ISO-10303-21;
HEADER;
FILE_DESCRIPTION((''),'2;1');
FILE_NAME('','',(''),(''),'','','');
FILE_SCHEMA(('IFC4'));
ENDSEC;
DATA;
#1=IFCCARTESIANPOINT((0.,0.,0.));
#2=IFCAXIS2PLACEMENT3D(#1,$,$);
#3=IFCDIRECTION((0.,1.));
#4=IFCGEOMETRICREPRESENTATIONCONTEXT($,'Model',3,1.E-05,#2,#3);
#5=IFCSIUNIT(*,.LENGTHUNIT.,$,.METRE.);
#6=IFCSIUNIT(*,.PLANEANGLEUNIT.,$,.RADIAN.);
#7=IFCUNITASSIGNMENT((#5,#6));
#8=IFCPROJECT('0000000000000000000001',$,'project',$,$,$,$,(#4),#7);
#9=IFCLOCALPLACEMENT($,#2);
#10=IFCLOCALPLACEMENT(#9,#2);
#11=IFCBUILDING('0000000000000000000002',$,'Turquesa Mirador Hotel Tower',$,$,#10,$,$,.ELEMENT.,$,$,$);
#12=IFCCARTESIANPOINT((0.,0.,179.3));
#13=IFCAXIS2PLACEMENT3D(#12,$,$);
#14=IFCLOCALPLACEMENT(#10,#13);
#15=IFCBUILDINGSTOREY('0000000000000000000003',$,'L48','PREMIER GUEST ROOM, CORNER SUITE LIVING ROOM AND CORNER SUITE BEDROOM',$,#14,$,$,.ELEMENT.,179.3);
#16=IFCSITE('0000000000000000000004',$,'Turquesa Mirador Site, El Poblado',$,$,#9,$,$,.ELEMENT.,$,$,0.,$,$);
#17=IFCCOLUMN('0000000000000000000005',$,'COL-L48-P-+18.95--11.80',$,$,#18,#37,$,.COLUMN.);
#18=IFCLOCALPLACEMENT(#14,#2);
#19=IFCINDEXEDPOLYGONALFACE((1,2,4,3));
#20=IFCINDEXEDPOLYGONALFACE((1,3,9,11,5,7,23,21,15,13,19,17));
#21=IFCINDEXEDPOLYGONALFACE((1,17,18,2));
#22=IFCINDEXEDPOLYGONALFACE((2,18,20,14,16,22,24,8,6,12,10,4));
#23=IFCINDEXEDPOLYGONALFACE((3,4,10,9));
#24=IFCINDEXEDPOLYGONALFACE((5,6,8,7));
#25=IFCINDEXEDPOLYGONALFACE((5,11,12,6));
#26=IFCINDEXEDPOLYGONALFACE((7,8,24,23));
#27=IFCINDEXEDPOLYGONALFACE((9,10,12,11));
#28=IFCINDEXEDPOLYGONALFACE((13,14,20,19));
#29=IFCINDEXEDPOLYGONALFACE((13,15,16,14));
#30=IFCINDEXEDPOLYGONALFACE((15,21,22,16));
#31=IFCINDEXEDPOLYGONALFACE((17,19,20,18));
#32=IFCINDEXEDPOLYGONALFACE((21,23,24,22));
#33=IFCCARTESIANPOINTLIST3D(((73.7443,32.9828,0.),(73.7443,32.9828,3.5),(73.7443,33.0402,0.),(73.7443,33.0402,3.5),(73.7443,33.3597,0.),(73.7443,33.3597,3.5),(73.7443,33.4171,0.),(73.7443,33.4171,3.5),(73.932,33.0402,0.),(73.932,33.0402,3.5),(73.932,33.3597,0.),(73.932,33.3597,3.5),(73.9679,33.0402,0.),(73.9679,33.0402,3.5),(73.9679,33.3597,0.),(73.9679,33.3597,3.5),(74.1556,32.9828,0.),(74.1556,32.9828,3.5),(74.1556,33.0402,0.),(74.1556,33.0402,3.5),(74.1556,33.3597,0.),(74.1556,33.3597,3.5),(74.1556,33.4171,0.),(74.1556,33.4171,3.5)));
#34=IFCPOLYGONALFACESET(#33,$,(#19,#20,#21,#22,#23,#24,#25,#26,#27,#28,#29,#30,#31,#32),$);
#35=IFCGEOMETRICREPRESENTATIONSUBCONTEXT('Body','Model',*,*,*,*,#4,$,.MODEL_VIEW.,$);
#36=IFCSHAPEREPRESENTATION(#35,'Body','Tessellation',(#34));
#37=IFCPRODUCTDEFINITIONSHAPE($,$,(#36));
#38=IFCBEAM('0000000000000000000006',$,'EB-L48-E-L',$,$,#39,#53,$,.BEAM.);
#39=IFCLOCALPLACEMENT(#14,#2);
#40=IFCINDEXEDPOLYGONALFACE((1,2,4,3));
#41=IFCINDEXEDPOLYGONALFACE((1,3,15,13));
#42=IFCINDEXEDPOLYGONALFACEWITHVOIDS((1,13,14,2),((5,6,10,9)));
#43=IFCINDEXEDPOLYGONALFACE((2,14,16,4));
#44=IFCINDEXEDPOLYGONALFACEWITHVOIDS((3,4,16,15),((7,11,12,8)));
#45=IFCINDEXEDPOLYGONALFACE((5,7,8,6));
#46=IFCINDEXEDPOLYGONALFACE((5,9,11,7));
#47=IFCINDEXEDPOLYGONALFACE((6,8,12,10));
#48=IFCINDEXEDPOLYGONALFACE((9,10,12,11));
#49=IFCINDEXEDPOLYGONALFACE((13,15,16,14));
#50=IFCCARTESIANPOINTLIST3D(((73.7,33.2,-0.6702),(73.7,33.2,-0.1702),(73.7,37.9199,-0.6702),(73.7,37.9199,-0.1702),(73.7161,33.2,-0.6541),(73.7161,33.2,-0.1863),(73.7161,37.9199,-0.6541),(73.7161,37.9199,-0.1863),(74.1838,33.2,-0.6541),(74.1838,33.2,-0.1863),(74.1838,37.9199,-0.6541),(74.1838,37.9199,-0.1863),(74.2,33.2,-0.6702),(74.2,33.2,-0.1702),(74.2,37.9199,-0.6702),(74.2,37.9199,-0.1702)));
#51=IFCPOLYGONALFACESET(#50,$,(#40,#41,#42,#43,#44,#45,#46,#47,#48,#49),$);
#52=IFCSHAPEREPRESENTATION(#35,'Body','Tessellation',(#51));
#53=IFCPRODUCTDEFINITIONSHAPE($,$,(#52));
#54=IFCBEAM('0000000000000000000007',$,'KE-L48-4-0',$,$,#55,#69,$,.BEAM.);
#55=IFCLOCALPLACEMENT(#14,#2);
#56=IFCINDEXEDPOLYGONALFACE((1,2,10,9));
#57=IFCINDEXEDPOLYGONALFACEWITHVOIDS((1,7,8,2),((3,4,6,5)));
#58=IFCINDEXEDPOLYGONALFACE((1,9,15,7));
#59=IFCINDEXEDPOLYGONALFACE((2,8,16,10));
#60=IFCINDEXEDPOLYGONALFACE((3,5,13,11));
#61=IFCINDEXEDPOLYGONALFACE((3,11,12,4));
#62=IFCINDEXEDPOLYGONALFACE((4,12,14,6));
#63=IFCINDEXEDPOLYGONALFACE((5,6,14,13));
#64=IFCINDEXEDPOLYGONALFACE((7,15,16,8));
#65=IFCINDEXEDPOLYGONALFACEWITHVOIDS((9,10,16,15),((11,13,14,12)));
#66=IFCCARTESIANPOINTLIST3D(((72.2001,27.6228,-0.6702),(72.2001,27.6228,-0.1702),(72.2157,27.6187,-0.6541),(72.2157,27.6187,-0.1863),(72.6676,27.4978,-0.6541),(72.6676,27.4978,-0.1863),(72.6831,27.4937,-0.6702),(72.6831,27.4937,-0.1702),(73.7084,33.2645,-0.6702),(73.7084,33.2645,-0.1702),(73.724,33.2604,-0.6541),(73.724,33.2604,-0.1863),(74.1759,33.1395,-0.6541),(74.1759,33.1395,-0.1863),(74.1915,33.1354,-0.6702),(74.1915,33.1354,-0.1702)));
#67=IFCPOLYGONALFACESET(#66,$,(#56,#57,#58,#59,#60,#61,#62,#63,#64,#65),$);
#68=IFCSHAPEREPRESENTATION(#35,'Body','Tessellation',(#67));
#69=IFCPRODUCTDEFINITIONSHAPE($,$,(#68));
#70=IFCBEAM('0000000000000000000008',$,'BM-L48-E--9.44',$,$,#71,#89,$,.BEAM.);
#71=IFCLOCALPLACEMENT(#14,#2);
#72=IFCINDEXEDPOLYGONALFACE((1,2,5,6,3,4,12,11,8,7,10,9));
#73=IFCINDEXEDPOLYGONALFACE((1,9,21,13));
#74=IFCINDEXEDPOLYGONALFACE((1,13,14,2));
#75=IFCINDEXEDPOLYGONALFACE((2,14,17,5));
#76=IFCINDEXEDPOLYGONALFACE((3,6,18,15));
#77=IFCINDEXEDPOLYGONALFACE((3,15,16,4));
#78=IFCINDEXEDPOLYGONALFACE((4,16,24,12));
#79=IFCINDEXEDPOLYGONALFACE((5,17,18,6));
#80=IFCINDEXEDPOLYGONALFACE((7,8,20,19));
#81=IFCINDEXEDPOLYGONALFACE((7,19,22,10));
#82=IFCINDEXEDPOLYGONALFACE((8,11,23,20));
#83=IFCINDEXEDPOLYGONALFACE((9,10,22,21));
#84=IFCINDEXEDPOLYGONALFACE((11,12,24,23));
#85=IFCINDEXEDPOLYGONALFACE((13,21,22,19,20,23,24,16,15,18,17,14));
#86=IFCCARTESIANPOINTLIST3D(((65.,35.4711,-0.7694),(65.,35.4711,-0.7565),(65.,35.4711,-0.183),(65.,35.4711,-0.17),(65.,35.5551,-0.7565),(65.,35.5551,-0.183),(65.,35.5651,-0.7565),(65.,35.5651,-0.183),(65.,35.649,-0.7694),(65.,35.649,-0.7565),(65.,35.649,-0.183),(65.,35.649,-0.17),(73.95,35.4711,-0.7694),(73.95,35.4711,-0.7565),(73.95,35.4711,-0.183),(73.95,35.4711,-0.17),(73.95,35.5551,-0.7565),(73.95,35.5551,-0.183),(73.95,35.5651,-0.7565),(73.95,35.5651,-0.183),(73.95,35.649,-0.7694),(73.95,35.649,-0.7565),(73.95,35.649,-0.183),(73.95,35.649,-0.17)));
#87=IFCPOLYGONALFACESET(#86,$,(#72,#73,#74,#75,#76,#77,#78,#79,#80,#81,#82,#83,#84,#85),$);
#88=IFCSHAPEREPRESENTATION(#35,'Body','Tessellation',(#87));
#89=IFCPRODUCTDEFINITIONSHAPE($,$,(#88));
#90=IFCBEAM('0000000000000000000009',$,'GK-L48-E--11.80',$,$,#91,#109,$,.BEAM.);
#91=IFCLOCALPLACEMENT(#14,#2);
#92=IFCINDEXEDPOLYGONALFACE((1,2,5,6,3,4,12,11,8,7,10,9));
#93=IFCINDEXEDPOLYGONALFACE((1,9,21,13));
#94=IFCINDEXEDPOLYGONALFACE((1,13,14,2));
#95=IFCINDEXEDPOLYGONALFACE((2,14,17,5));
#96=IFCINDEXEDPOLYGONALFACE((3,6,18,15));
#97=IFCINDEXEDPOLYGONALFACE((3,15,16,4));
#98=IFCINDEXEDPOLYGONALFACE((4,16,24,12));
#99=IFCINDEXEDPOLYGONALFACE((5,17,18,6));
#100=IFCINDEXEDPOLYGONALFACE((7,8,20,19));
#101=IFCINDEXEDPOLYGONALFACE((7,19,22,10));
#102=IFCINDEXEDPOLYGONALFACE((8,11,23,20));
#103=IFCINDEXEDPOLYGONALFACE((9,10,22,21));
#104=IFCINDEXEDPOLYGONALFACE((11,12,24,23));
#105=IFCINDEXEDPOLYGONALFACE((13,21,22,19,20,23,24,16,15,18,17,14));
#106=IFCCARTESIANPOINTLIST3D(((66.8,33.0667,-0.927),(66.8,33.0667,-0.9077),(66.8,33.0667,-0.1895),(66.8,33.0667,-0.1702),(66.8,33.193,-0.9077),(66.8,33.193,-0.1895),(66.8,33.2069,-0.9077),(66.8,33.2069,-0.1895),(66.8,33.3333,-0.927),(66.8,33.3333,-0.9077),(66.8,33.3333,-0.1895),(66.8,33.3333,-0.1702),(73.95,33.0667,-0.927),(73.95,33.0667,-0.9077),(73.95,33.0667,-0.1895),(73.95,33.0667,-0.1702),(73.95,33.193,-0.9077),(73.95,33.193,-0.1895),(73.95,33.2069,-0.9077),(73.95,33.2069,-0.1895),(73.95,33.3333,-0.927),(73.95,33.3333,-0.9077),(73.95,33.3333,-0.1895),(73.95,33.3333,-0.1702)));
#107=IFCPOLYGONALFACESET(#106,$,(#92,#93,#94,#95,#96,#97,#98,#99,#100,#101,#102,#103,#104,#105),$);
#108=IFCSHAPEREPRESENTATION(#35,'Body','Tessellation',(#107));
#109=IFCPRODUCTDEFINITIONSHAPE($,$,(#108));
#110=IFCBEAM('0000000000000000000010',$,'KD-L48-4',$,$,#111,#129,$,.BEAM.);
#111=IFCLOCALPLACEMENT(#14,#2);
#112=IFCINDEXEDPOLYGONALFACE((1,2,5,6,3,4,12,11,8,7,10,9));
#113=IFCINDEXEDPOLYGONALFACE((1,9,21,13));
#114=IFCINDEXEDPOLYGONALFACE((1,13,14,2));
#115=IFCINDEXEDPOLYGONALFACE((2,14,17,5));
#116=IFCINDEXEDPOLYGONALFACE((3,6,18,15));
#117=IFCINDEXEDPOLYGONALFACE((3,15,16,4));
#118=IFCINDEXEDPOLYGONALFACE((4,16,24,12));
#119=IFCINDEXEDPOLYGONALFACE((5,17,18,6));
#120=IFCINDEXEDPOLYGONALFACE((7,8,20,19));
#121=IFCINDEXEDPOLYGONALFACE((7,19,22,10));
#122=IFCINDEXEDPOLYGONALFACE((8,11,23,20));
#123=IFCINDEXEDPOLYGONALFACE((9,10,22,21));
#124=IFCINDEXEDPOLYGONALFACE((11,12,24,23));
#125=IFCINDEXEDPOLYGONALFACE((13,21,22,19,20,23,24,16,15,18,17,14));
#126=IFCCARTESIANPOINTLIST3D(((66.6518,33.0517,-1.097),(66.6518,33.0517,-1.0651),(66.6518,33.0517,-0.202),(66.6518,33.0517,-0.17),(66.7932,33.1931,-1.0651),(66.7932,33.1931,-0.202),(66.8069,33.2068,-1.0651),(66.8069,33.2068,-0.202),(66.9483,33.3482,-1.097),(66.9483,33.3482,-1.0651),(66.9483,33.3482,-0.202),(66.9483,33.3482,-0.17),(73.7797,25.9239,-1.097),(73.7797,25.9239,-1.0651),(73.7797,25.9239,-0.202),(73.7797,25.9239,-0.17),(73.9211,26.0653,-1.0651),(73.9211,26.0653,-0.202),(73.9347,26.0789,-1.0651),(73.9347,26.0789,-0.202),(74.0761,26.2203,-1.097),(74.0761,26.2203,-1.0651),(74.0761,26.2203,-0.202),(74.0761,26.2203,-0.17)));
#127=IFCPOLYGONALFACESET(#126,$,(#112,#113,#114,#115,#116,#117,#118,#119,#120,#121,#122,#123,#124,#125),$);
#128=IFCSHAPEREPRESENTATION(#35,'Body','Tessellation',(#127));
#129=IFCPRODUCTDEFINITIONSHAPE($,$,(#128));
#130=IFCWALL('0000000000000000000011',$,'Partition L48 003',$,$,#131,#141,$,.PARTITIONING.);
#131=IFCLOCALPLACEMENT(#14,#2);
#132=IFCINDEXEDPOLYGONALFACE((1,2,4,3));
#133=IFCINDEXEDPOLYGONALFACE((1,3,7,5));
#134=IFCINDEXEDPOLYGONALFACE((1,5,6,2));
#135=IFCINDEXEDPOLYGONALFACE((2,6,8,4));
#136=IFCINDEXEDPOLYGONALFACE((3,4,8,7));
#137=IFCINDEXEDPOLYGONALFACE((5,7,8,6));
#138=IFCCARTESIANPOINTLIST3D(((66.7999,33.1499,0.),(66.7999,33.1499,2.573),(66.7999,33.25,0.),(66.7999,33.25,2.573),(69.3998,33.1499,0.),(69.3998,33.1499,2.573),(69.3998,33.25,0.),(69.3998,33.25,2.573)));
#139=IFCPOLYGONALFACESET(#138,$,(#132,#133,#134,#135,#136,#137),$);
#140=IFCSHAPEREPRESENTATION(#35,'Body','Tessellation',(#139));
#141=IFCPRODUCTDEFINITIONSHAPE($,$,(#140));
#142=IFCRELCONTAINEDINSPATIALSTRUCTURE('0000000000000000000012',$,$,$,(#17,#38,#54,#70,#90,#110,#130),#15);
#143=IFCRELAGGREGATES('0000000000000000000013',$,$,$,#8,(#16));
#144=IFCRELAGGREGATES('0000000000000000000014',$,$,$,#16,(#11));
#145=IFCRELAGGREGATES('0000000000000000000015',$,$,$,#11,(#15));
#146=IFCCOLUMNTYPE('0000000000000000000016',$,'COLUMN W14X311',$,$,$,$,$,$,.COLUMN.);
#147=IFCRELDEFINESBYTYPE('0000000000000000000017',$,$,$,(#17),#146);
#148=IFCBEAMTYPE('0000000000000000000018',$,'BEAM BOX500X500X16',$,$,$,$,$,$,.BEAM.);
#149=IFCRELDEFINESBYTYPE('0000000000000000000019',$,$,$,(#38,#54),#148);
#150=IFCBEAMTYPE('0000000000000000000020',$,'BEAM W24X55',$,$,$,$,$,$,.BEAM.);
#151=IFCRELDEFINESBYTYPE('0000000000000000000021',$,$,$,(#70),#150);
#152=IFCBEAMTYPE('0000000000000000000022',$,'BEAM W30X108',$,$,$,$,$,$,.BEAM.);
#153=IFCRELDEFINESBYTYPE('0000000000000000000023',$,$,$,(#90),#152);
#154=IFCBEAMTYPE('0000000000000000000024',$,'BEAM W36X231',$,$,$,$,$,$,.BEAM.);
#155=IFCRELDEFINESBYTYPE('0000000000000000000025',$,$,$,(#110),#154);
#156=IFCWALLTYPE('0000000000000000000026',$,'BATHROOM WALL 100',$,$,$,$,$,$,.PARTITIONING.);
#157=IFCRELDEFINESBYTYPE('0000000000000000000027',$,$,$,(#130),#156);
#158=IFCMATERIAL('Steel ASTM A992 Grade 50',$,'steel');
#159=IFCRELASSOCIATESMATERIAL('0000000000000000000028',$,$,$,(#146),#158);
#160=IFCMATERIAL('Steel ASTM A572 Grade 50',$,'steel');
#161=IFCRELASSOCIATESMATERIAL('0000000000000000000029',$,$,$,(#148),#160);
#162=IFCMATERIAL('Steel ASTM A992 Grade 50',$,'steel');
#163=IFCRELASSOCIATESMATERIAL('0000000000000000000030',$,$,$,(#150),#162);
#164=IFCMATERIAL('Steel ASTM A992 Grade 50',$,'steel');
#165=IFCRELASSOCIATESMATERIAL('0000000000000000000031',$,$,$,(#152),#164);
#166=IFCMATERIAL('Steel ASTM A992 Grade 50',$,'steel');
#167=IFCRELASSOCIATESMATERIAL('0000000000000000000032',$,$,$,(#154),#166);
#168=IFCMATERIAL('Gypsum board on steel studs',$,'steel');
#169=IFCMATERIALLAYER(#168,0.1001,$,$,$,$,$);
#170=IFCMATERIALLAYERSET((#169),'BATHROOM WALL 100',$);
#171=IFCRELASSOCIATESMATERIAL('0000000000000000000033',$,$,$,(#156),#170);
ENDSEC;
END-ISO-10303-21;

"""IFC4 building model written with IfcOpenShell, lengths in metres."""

from ifc_helpers import new_model, si_unit, direction, frame, frame_2d, origin, origin_2d, place, context, subcontext, project, spatial, rectangle, hollow_rectangle, i_section, extrude, material, layer, layer_set, material_profile, profile_set, type_object, element, save


model = new_model("IFC4")

# Units and contexts
model_context = context("Model", 3, precision=1e-05, world=origin(), true_north=direction((0.0, 1.0)))
body_context = subcontext(model_context, "Body", "Model", "MODEL_VIEW")
ifc_project = project(units=[si_unit("LENGTHUNIT", "METRE"), si_unit("PLANEANGLEUNIT", "RADIAN")], contexts=[model_context])

# Site, building, storey
site_placement = place(None, origin())
site = spatial("IfcSite", under=ifc_project, at=site_placement, Name="Turquesa Mirador Site, El Poblado", CompositionType="ELEMENT", RefElevation=0.0)
building_placement = place(site_placement, origin())
building = spatial("IfcBuilding", under=site, at=building_placement, Name="Turquesa Mirador Hotel Tower", CompositionType="ELEMENT")
storey_placement = place(building_placement, frame((0.0, 0.0, 179.3)))
storey = spatial("IfcBuildingStorey", under=building, at=storey_placement, Name="L48", Description="PREMIER GUEST ROOM, CORNER SUITE LIVING ROOM AND CORNER SUITE BEDROOM", CompositionType="ELEMENT", Elevation=179.3)

# Column
ifc_material_1 = material(Name="Steel ASTM A992 Grade 50", Category="steel")
ifc_material_profile_1 = material_profile(ifc_material_1, i_section(OverallWidth=0.4114, OverallDepth=0.4343, WebThickness=0.0359, FlangeThickness=0.0574, at=origin_2d()), Name="W14X311")
ifc_profile_set_1 = profile_set([ifc_material_profile_1], Name="Steel ASTM A992 Grade 50")
column_type = type_object("IfcColumnType", Name="COLUMN W14X311", PredefinedType="COLUMN", material=ifc_profile_set_1)
column_placement = place(storey_placement, frame((73.95, 33.2, 0.0), z_axis=(0.0, 0.0, 1.0), x_axis=(1.0, 0.0, 0.0)))
element("IfcColumn", 1, at=column_placement, inside=storey, type_object=column_type, Name="COL-L48-P-+18.95--11.80", PredefinedType="COLUMN", context=body_context, shape_type="SweptSolid", body=[
    extrude(i_section(OverallWidth=0.4114, OverallDepth=0.4343, WebThickness=0.0359, FlangeThickness=0.0574, at=origin_2d()), origin(), (0.0, 0.0, 1.0), 3.5),
])

# Beams
ifc_material_2 = material(Name="Steel ASTM A572 Grade 50", Category="steel")
ifc_material_profile_2 = material_profile(ifc_material_2, hollow_rectangle(XDim=0.5, YDim=0.5, WallThickness=0.0161, at=origin_2d()), Name="BOX500X500X16")
ifc_profile_set_2 = profile_set([ifc_material_profile_2], Name="Steel ASTM A572 Grade 50")
beam_type_1 = type_object("IfcBeamType", Name="BEAM BOX500X500X16", PredefinedType="BEAM", material=ifc_profile_set_2)
beam_1_placement = place(storey_placement, frame((73.95, 33.2, -0.4202), z_axis=(0.0, 1.0, 0.0), x_axis=(-1.0, 0.0, 0.0)))
element("IfcBeam", 2, at=beam_1_placement, inside=storey, type_object=beam_type_1, Name="EB-L48-E-L", PredefinedType="BEAM", context=body_context, shape_type="SweptSolid", body=[
    extrude(hollow_rectangle(XDim=0.5, YDim=0.5, WallThickness=0.0161, at=origin_2d()), origin(), (0.0, 0.0, 1.0), 4.72),
])
beam_2_placement = place(storey_placement, frame((73.95, 33.2, -0.4202), z_axis=(-0.258282, -0.96607, 0.0), x_axis=(0.96607, -0.258282, 0.0)))
element("IfcBeam", 3, at=beam_2_placement, inside=storey, type_object=beam_type_1, Name="KE-L48-4-0", PredefinedType="BEAM", context=body_context, shape_type="SweptSolid", body=[
    extrude(hollow_rectangle(XDim=0.5, YDim=0.5, WallThickness=0.0161, at=origin_2d()), origin(), (0.0, 0.0, 1.0), 5.8398),
])
ifc_material_3 = material(Name="Steel ASTM A992 Grade 50", Category="steel")
ifc_material_profile_3 = material_profile(ifc_material_3, i_section(OverallWidth=0.178, OverallDepth=0.5994, WebThickness=0.01, FlangeThickness=0.0129, at=origin_2d()), Name="W24X55")
ifc_profile_set_3 = profile_set([ifc_material_profile_3], Name="Steel ASTM A992 Grade 50")
beam_type_2 = type_object("IfcBeamType", Name="BEAM W24X55", PredefinedType="BEAM", material=ifc_profile_set_3)
beam_3_placement = place(storey_placement, frame((73.95, 35.5601, -0.4697), z_axis=(-1.0, 0.0, 0.0), x_axis=(0.0, -1.0, 0.0)))
element("IfcBeam", 4, at=beam_3_placement, inside=storey, type_object=beam_type_2, Name="BM-L48-E--9.44", PredefinedType="BEAM", context=body_context, shape_type="SweptSolid", body=[
    extrude(i_section(OverallWidth=0.178, OverallDepth=0.5994, WebThickness=0.01, FlangeThickness=0.0129, at=origin_2d()), origin(), (0.0, 0.0, 1.0), 8.95),
])
ifc_material_4 = material(Name="Steel ASTM A992 Grade 50", Category="steel")
ifc_material_profile_4 = material_profile(ifc_material_4, i_section(OverallWidth=0.2666, OverallDepth=0.7568, WebThickness=0.0139, FlangeThickness=0.0193, at=origin_2d()), Name="W30X108")
ifc_profile_set_4 = profile_set([ifc_material_profile_4], Name="Steel ASTM A992 Grade 50")
beam_type_3 = type_object("IfcBeamType", Name="BEAM W30X108", PredefinedType="BEAM", material=ifc_profile_set_4)
beam_4_placement = place(storey_placement, frame((73.95, 33.2, -0.5486), z_axis=(-1.0, 0.0, 0.0), x_axis=(0.0, -1.0, 0.0)))
element("IfcBeam", 5, at=beam_4_placement, inside=storey, type_object=beam_type_3, Name="GK-L48-E--11.80", PredefinedType="BEAM", context=body_context, shape_type="SweptSolid", body=[
    extrude(i_section(OverallWidth=0.2666, OverallDepth=0.7568, WebThickness=0.0139, FlangeThickness=0.0193, at=origin_2d()), origin(), (0.0, 0.0, 1.0), 7.1499),
])
ifc_material_5 = material(Name="Steel ASTM A992 Grade 50", Category="steel")
ifc_material_profile_5 = material_profile(ifc_material_5, i_section(OverallWidth=0.4192, OverallDepth=0.927, WebThickness=0.0193, FlangeThickness=0.032, at=origin_2d()), Name="W36X231")
ifc_profile_set_5 = profile_set([ifc_material_profile_5], Name="Steel ASTM A992 Grade 50")
beam_type_4 = type_object("IfcBeamType", Name="BEAM W36X231", PredefinedType="BEAM", material=ifc_profile_set_5)
beam_5_placement = place(storey_placement, frame((66.8, 33.2, -0.6335), z_axis=(0.707107, -0.707107, 0.0), x_axis=(0.707107, 0.707107, 0.0)))
element("IfcBeam", 6, at=beam_5_placement, inside=storey, type_object=beam_type_4, Name="KD-L48-4", PredefinedType="BEAM", context=body_context, shape_type="SweptSolid", body=[
    extrude(i_section(OverallWidth=0.4192, OverallDepth=0.927, WebThickness=0.0193, FlangeThickness=0.032, at=origin_2d()), origin(), (0.0, 0.0, 1.0), 10.0803),
])

# Wall
ifc_material_6 = material(Name="Gypsum board on steel studs", Category="steel")
ifc_layer_1 = layer(ifc_material_6, 0.1001)
ifc_layer_set_1 = layer_set([ifc_layer_1], Name="BATHROOM WALL 100")
wall_type_1 = type_object("IfcWallType", Name="BATHROOM WALL 100", PredefinedType="PARTITIONING", material=ifc_layer_set_1)
wall_1_placement = place(storey_placement, frame((66.8, 33.2, 0.0), z_axis=(0.0, 0.0, 1.0), x_axis=(1.0, 0.0, 0.0)))
element("IfcWall", 7, at=wall_1_placement, inside=storey, type_object=wall_type_1, Name="Partition L48 003", PredefinedType="PARTITIONING", context=body_context, shape_type="SweptSolid", body=[
    extrude(rectangle(XDim=2.5999, YDim=0.1001, at=frame_2d((1.2998, 0.0))), origin(), (0.0, 0.0, 1.0), 2.573),
])

save(model, "model.ifc")
